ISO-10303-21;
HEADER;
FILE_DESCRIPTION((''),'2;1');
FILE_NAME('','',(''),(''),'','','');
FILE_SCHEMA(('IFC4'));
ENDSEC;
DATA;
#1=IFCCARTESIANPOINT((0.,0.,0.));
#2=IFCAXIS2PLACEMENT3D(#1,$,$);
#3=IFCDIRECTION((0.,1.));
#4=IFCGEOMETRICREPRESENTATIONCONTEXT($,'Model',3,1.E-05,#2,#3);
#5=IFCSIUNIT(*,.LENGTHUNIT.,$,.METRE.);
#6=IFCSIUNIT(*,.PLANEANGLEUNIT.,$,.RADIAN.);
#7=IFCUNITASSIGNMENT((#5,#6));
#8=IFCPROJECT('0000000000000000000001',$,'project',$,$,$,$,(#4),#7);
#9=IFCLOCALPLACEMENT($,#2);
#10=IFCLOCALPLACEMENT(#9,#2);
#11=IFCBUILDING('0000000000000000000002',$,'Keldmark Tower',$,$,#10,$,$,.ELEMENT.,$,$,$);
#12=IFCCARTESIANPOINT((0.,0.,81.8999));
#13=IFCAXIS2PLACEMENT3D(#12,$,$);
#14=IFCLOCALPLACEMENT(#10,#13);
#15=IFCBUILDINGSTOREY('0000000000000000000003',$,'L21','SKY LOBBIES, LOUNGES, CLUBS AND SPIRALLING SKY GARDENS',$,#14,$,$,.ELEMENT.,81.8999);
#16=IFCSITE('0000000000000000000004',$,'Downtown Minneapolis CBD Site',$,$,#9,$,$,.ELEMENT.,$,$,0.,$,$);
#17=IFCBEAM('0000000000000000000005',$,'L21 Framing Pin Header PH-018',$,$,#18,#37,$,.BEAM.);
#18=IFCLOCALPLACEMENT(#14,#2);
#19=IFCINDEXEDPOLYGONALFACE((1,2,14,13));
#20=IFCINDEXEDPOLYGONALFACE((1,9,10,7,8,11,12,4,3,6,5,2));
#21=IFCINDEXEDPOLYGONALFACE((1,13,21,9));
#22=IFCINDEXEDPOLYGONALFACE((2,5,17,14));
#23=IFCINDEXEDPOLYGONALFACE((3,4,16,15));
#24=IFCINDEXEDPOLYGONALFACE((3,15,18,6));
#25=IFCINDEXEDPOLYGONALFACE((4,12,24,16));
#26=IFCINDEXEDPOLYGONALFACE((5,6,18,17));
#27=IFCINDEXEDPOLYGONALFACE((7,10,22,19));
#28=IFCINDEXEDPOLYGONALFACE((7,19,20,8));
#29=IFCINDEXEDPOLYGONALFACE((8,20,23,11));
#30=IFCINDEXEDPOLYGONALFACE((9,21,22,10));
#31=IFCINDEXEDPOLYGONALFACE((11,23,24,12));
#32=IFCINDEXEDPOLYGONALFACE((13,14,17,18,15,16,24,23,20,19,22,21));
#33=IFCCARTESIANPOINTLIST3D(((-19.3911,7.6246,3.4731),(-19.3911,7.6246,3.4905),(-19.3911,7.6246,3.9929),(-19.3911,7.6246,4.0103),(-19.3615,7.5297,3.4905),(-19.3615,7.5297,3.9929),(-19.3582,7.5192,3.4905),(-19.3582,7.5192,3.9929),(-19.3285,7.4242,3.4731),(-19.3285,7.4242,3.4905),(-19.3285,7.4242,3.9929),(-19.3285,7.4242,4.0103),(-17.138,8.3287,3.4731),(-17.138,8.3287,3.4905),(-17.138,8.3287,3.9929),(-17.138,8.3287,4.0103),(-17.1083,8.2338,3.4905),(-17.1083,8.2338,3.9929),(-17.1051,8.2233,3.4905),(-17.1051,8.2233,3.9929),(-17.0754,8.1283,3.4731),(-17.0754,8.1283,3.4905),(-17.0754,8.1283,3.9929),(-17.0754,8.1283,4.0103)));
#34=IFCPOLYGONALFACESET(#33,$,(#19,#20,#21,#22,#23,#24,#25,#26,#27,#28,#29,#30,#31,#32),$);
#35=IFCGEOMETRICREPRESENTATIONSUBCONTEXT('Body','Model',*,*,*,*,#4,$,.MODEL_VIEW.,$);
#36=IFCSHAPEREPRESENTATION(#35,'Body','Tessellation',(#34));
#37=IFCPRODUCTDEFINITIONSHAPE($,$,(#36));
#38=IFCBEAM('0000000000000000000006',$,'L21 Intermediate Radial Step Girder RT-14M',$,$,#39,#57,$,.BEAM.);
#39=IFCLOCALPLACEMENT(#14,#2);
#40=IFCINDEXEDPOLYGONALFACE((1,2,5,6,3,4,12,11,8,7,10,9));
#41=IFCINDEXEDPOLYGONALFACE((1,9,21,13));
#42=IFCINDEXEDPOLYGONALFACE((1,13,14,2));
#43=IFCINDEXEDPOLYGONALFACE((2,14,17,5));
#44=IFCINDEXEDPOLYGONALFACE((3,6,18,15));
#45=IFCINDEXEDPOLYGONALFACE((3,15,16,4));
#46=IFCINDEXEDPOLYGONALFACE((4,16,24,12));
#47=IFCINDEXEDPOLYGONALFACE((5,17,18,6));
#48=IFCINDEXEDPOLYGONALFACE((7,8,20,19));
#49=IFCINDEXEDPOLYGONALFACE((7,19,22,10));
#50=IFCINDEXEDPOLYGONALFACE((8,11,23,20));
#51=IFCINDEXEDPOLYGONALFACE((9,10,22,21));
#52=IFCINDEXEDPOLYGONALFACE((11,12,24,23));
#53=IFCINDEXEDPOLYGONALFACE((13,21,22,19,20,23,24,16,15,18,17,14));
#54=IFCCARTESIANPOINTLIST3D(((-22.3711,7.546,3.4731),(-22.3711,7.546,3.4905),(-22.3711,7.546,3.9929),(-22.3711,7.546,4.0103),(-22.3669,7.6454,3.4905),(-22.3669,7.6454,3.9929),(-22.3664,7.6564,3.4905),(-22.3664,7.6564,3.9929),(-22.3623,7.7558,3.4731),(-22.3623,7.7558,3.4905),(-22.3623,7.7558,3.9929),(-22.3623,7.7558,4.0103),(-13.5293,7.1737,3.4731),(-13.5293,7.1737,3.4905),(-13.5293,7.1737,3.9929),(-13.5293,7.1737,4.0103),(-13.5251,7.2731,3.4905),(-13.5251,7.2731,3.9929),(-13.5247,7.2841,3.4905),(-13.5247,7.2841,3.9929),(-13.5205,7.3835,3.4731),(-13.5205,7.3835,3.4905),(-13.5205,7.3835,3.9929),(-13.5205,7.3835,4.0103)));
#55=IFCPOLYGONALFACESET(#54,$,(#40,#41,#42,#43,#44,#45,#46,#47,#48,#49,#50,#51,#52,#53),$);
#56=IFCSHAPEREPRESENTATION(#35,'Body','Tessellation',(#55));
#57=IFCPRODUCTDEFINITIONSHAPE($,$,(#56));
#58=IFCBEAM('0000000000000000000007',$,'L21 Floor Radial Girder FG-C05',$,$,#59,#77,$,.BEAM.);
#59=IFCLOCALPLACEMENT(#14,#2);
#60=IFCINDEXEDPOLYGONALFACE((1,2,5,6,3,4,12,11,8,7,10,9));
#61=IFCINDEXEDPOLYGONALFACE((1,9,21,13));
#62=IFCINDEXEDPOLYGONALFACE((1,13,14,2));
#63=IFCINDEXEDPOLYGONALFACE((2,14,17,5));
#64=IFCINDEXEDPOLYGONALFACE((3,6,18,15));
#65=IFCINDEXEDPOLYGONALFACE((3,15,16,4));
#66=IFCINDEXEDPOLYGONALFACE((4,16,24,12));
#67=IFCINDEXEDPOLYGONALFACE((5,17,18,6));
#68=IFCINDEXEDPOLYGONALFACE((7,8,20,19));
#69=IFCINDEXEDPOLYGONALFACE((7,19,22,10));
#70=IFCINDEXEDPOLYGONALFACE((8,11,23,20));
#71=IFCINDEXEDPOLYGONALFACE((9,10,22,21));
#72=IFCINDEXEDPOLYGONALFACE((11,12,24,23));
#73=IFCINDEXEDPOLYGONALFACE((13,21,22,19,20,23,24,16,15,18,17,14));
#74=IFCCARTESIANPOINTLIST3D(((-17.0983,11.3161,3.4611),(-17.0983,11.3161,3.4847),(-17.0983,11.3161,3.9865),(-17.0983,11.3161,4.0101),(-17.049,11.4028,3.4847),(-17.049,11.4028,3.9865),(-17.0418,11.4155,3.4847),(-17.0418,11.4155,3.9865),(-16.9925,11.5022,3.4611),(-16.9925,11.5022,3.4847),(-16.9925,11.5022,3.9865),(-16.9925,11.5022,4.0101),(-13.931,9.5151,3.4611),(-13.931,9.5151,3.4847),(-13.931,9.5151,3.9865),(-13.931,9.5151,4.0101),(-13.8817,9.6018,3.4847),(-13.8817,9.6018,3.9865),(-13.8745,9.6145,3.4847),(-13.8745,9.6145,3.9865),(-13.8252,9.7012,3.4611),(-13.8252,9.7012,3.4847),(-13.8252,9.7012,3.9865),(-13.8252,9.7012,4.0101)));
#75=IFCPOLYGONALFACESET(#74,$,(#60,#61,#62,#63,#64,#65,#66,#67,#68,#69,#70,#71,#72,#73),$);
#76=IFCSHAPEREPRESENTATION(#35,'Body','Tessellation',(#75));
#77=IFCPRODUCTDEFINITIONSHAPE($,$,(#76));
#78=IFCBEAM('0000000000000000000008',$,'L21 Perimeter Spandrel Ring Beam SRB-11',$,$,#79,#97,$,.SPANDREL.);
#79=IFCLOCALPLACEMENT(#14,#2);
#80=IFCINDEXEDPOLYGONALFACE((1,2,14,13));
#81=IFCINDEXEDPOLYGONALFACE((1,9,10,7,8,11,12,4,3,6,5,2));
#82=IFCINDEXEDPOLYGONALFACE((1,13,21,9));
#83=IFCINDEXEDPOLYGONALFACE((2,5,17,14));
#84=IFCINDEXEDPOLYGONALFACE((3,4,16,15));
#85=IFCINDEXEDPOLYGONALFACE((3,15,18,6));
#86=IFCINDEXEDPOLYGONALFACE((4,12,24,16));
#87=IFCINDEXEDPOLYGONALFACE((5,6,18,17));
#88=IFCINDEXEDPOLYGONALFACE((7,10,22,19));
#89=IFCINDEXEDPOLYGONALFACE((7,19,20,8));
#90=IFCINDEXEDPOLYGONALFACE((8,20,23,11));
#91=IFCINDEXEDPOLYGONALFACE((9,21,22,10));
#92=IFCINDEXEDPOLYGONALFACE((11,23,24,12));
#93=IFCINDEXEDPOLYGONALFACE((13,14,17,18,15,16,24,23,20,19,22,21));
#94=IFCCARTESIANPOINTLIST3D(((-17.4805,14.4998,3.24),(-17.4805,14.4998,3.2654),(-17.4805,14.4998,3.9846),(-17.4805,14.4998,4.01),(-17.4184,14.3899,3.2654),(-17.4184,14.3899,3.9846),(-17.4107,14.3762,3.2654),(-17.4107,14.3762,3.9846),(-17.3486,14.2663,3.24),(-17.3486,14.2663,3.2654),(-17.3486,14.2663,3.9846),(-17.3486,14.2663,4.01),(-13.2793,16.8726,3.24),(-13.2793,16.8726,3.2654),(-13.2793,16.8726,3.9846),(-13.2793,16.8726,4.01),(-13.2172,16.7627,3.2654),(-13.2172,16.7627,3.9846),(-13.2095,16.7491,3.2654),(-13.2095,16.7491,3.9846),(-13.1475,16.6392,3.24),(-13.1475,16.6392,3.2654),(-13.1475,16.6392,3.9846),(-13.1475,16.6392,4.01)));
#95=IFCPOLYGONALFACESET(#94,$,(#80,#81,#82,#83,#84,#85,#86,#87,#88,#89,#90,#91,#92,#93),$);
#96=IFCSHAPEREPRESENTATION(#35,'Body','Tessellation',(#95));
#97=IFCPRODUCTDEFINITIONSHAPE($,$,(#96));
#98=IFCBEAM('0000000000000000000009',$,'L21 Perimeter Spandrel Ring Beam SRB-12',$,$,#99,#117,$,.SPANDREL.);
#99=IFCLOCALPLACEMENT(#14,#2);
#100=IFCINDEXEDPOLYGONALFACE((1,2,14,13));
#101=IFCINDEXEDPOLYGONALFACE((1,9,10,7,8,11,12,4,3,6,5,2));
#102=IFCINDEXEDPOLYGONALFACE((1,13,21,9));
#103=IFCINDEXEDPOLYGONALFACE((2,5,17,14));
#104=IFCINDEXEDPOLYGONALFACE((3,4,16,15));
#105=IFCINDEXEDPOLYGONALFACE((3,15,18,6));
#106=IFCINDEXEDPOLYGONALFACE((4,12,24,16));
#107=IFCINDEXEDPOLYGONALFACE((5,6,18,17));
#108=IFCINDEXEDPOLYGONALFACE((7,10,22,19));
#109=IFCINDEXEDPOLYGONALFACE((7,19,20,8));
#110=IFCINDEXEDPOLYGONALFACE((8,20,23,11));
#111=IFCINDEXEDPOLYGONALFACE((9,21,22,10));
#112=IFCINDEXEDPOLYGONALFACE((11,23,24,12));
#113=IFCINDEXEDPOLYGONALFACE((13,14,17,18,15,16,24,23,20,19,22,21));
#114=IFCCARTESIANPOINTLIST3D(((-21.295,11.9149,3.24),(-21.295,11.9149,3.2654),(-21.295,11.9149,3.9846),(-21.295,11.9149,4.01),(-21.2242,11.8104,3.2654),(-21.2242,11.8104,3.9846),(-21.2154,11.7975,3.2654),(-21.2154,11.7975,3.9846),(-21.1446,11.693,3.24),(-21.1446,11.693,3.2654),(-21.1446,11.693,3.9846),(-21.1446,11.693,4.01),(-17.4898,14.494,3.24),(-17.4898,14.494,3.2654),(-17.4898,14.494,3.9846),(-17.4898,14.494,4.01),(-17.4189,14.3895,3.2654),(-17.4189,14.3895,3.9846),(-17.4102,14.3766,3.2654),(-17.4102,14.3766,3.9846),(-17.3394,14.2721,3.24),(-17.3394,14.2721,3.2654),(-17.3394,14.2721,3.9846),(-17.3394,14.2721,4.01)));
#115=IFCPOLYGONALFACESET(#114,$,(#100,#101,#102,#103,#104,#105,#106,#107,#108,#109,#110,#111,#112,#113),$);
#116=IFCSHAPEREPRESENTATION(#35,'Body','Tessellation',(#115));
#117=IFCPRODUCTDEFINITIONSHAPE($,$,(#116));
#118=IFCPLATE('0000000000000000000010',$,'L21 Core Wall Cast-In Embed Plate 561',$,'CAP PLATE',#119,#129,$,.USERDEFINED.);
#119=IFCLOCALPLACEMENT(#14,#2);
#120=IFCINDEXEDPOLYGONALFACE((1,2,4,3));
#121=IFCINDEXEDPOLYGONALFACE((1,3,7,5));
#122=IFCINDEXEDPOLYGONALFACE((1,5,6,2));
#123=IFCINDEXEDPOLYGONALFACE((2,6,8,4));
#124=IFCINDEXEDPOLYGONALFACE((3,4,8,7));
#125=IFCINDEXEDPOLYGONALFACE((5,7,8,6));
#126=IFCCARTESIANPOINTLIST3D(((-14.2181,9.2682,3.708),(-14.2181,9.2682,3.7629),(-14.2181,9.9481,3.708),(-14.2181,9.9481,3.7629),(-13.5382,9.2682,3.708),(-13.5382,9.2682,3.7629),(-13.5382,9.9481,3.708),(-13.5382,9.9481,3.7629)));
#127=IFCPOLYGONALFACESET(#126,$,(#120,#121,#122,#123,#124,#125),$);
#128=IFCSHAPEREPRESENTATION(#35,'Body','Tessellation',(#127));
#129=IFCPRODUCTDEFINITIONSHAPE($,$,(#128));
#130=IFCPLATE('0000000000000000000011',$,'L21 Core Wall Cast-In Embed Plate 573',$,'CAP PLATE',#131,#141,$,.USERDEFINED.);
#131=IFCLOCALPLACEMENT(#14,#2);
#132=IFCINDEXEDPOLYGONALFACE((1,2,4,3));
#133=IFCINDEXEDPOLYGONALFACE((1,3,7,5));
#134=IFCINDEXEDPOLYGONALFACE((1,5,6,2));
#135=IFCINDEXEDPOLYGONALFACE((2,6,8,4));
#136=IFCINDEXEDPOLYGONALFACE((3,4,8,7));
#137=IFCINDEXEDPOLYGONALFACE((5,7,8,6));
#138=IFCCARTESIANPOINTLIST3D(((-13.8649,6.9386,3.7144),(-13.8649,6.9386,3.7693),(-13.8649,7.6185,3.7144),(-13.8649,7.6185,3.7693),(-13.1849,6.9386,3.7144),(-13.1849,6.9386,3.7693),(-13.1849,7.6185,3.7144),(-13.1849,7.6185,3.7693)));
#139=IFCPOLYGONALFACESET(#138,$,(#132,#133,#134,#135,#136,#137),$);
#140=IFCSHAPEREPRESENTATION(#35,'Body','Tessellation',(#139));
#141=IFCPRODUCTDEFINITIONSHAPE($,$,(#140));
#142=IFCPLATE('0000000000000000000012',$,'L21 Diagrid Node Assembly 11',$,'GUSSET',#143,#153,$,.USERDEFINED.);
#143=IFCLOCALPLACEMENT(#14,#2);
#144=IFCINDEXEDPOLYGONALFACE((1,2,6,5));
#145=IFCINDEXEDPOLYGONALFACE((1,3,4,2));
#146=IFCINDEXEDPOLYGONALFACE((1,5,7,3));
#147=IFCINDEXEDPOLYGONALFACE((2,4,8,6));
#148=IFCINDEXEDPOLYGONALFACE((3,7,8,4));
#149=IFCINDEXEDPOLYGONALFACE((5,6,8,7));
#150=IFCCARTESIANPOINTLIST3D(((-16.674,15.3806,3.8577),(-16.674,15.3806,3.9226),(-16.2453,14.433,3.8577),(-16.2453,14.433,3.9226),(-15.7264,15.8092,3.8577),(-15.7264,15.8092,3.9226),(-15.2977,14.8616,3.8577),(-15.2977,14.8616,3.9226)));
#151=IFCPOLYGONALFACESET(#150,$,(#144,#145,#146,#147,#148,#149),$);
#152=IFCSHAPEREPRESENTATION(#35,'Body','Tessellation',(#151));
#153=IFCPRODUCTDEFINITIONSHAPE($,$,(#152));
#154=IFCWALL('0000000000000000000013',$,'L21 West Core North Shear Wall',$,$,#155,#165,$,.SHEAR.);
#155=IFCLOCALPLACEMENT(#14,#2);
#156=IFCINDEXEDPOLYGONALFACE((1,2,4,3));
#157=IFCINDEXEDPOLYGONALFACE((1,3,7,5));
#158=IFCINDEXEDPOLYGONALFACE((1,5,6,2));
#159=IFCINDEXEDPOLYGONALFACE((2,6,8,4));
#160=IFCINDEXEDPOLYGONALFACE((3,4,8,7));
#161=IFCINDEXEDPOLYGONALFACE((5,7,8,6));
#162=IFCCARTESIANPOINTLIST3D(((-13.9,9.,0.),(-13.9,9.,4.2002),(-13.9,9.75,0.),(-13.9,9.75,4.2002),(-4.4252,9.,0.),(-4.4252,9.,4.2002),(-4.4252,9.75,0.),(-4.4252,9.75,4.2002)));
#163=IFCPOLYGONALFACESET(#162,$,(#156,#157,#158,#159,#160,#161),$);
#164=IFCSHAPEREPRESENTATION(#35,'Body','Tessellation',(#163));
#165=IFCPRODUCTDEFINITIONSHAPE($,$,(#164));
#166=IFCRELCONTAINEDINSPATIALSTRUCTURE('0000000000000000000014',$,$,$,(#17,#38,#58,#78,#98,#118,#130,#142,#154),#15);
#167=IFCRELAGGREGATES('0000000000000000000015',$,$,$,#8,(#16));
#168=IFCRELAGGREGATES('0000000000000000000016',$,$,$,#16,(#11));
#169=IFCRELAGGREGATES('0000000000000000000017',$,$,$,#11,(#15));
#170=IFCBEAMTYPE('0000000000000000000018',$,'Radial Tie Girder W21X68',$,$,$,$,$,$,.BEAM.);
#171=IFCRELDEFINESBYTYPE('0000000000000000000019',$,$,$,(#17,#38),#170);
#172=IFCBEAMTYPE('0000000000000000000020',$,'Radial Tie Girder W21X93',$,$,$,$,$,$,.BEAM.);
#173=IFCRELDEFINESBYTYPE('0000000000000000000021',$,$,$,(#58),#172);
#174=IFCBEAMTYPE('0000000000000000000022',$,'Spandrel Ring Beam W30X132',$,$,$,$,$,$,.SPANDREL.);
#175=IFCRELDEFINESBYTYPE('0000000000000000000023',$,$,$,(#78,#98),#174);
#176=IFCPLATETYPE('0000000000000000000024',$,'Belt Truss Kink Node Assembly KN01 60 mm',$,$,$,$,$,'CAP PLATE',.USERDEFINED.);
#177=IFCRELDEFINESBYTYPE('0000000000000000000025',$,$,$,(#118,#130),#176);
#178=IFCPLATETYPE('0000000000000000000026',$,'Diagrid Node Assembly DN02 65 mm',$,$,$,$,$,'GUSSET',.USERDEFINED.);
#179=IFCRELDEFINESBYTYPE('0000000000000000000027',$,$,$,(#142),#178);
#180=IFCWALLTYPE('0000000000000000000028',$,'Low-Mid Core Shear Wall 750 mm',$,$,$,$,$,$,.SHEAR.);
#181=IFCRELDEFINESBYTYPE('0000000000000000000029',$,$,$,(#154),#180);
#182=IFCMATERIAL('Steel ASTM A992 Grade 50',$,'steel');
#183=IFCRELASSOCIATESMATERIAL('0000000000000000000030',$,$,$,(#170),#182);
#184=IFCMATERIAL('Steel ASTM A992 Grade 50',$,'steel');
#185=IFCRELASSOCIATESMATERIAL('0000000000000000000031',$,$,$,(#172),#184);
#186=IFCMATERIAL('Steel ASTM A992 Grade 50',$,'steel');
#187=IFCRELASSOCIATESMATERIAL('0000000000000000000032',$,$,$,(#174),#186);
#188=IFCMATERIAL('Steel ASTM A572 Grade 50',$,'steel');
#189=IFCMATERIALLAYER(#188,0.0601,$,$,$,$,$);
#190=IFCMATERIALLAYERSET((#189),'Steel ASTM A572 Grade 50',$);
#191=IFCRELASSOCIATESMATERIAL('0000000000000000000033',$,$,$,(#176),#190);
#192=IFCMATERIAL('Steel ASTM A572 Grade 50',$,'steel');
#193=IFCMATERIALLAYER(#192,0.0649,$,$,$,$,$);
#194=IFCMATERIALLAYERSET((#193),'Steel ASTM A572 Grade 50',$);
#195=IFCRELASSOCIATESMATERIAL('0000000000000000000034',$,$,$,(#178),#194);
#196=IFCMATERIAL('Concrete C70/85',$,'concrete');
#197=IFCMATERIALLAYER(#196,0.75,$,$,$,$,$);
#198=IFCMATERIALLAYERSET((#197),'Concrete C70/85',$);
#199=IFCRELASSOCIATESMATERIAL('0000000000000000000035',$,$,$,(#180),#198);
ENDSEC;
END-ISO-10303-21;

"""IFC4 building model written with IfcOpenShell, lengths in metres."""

from ifc_helpers import new_model, si_unit, direction, frame, frame_2d, origin, origin_2d, place, context, subcontext, project, spatial, rectangle, i_section, extrude, material, layer, layer_set, material_profile, profile_set, type_object, element, save


model = new_model("IFC4")

# Units and contexts
model_context = context("Model", 3, precision=1e-05, world=origin(), true_north=direction((0.0, 1.0)))
body_context = subcontext(model_context, "Body", "Model", "MODEL_VIEW")
ifc_project = project(units=[si_unit("LENGTHUNIT", "METRE"), si_unit("PLANEANGLEUNIT", "RADIAN")], contexts=[model_context])

# Site, building, storey
site_placement = place(None, origin())
site = spatial("IfcSite", under=ifc_project, at=site_placement, Name="Downtown Minneapolis CBD Site", CompositionType="ELEMENT", RefElevation=0.0)
building_placement = place(site_placement, origin())
building = spatial("IfcBuilding", under=site, at=building_placement, Name="Keldmark Tower", CompositionType="ELEMENT")
storey_placement = place(building_placement, frame((0.0, 0.0, 81.8999)))
storey = spatial("IfcBuildingStorey", under=building, at=storey_placement, Name="L21", Description="SKY LOBBIES, LOUNGES, CLUBS AND SPIRALLING SKY GARDENS", CompositionType="ELEMENT", Elevation=81.8999)

# Beams
ifc_material_1 = material(Name="Steel ASTM A992 Grade 50", Category="steel")
ifc_material_profile_1 = material_profile(ifc_material_1, i_section(OverallWidth=0.21, OverallDepth=0.5371, WebThickness=0.011, FlangeThickness=0.0173, at=origin_2d()), Name="W21X68")
ifc_profile_set_1 = profile_set([ifc_material_profile_1], Name="Steel ASTM A992 Grade 50")
beam_type_1 = type_object("IfcBeamType", Name="Radial Tie Girder W21X68", PredefinedType="BEAM", material=ifc_profile_set_1)
beam_1_placement = place(storey_placement, frame((-17.1067, 8.2285, 3.7417), z_axis=(-0.954482, -0.298269, 0.0), x_axis=(0.298269, -0.954482, 0.0)))
element("IfcBeam", 1, at=beam_1_placement, inside=storey, type_object=beam_type_1, Name="L21 Framing Pin Header PH-018", PredefinedType="BEAM", context=body_context, shape_type="SweptSolid", body=[
    extrude(i_section(OverallWidth=0.21, OverallDepth=0.5371, WebThickness=0.011, FlangeThickness=0.0173, at=origin_2d()), origin(), (0.0, 0.0, 1.0), 2.3606),
])
beam_2_placement = place(storey_placement, frame((-13.5249, 7.2786, 3.7417), z_axis=(-0.999115, 0.042071, 0.0), x_axis=(-0.042071, -0.999115, 0.0)))
element("IfcBeam", 2, at=beam_2_placement, inside=storey, type_object=beam_type_1, Name="L21 Intermediate Radial Step Girder RT-14M", PredefinedType="BEAM", context=body_context, shape_type="SweptSolid", body=[
    extrude(i_section(OverallWidth=0.21, OverallDepth=0.5371, WebThickness=0.011, FlangeThickness=0.0173, at=origin_2d()), origin(), (0.0, 0.0, 1.0), 8.8496),
])
ifc_material_2 = material(Name="Steel ASTM A992 Grade 50", Category="steel")
ifc_material_profile_2 = material_profile(ifc_material_2, i_section(OverallWidth=0.2141, OverallDepth=0.5491, WebThickness=0.0146, FlangeThickness=0.0237, at=origin_2d()), Name="W21X93")
ifc_profile_set_2 = profile_set([ifc_material_profile_2], Name="Steel ASTM A992 Grade 50")
beam_type_2 = type_object("IfcBeamType", Name="Radial Tie Girder W21X93", PredefinedType="BEAM", material=ifc_profile_set_2)
beam_3_placement = place(storey_placement, frame((-17.0454, 11.4092, 3.7356), z_axis=(0.869284, -0.494312, 0.0), x_axis=(0.494312, 0.869284, 0.0)))
element("IfcBeam", 3, at=beam_3_placement, inside=storey, type_object=beam_type_2, Name="L21 Floor Radial Girder FG-C05", PredefinedType="BEAM", context=body_context, shape_type="SweptSolid", body=[
    extrude(i_section(OverallWidth=0.2141, OverallDepth=0.5491, WebThickness=0.0146, FlangeThickness=0.0237, at=origin_2d()), origin(), (0.0, 0.0, 1.0), 3.6436),
])
ifc_material_3 = material(Name="Steel ASTM A992 Grade 50", Category="steel")
ifc_material_profile_3 = material_profile(ifc_material_3, i_section(OverallWidth=0.2681, OverallDepth=0.77, WebThickness=0.0156, FlangeThickness=0.0254, at=origin_2d()), Name="W30X132")
ifc_profile_set_3 = profile_set([ifc_material_profile_3], Name="Steel ASTM A992 Grade 50")
beam_type_3 = type_object("IfcBeamType", Name="Spandrel Ring Beam W30X132", PredefinedType="SPANDREL", material=ifc_profile_set_3)
beam_4_placement = place(storey_placement, frame((-13.2134, 16.7559, 3.625), z_axis=(-0.87072, -0.491779, 0.0), x_axis=(0.491779, -0.87072, 0.0)))
element("IfcBeam", 4, at=beam_4_placement, inside=storey, type_object=beam_type_3, Name="L21 Perimeter Spandrel Ring Beam SRB-11", PredefinedType="SPANDREL", context=body_context, shape_type="SweptSolid", body=[
    extrude(i_section(OverallWidth=0.2681, OverallDepth=0.77, WebThickness=0.0156, FlangeThickness=0.0254, at=origin_2d()), origin(), (0.0, 0.0, 1.0), 4.825),
])
beam_5_placement = place(storey_placement, frame((-17.4146, 14.3831, 3.625), z_axis=(-0.827777, -0.561057, 0.0), x_axis=(0.561057, -0.827777, 0.0)))
element("IfcBeam", 5, at=beam_5_placement, inside=storey, type_object=beam_type_3, Name="L21 Perimeter Spandrel Ring Beam SRB-12", PredefinedType="SPANDREL", context=body_context, shape_type="SweptSolid", body=[
    extrude(i_section(OverallWidth=0.2681, OverallDepth=0.77, WebThickness=0.0156, FlangeThickness=0.0254, at=origin_2d()), origin(), (0.0, 0.0, 1.0), 4.5969),
])

# Plates
ifc_material_4 = material(Name="Steel ASTM A572 Grade 50", Category="steel")
ifc_layer_1 = layer(ifc_material_4, 0.0601)
ifc_layer_set_1 = layer_set([ifc_layer_1], Name="Steel ASTM A572 Grade 50")
plate_type_1 = type_object("IfcPlateType", Name="Belt Truss Kink Node Assembly KN01 60 mm", ElementType="CAP PLATE", PredefinedType="USERDEFINED", material=ifc_layer_set_1)
for number, where, z_axis, x_axis, name in (
    (6, (-13.8782, 9.6082, 3.708), (0.0, 0.0, 1.0), (1.0, 0.0, 0.0), "L21 Core Wall Cast-In Embed Plate 561"),
    (7, (-13.5249, 7.2786, 3.7144), (0.0, 0.0, 1.0), (1.0, 0.0, 0.0), "L21 Core Wall Cast-In Embed Plate 573"),
):
    element("IfcPlate", number, at=place(storey_placement, frame(where, z_axis=z_axis, x_axis=x_axis)), inside=storey, type_object=plate_type_1, Name=name, ObjectType="CAP PLATE", PredefinedType="USERDEFINED", context=body_context, shape_type="SweptSolid", body=[
        extrude(rectangle(XDim=0.6799, YDim=0.6799, at=origin_2d()), origin(), (0.0, 0.0, 1.0), 0.0549),
    ])
ifc_material_5 = material(Name="Steel ASTM A572 Grade 50", Category="steel")
ifc_layer_2 = layer(ifc_material_5, 0.0649)
ifc_layer_set_2 = layer_set([ifc_layer_2], Name="Steel ASTM A572 Grade 50")
plate_type_2 = type_object("IfcPlateType", Name="Diagrid Node Assembly DN02 65 mm", ElementType="GUSSET", PredefinedType="USERDEFINED", material=ifc_layer_set_2)
plate_placement = place(storey_placement, frame((-15.9858, 15.1211, 3.8577), z_axis=(0.0, 0.0, 1.0), x_axis=(-0.911116, -0.412151, 0.0)))
element("IfcPlate", 8, at=plate_placement, inside=storey, type_object=plate_type_2, Name="L21 Diagrid Node Assembly 11", ObjectType="GUSSET", PredefinedType="USERDEFINED", context=body_context, shape_type="SweptSolid", body=[
    extrude(rectangle(XDim=1.04, YDim=1.04, at=origin_2d()), origin(), (0.0, 0.0, 1.0), 0.0649),
])

# Wall
ifc_material_6 = material(Name="Concrete C70/85", Category="concrete")
ifc_layer_3 = layer(ifc_material_6, 0.75)
ifc_layer_set_3 = layer_set([ifc_layer_3], Name="Concrete C70/85")
wall_type_1 = type_object("IfcWallType", Name="Low-Mid Core Shear Wall 750 mm", PredefinedType="SHEAR", material=ifc_layer_set_3)
wall_1_placement = place(storey_placement, frame((-13.8999, 9.375, 0.0), z_axis=(0.0, 0.0, 1.0), x_axis=(1.0, 0.0, 0.0)))
element("IfcWall", 9, at=wall_1_placement, inside=storey, type_object=wall_type_1, Name="L21 West Core North Shear Wall", PredefinedType="SHEAR", context=body_context, shape_type="SweptSolid", body=[
    extrude(rectangle(XDim=9.4749, YDim=0.75, at=frame_2d((4.7373, 0.0))), origin(), (0.0, 0.0, 1.0), 4.2002),
])

save(model, "model.ifc")
